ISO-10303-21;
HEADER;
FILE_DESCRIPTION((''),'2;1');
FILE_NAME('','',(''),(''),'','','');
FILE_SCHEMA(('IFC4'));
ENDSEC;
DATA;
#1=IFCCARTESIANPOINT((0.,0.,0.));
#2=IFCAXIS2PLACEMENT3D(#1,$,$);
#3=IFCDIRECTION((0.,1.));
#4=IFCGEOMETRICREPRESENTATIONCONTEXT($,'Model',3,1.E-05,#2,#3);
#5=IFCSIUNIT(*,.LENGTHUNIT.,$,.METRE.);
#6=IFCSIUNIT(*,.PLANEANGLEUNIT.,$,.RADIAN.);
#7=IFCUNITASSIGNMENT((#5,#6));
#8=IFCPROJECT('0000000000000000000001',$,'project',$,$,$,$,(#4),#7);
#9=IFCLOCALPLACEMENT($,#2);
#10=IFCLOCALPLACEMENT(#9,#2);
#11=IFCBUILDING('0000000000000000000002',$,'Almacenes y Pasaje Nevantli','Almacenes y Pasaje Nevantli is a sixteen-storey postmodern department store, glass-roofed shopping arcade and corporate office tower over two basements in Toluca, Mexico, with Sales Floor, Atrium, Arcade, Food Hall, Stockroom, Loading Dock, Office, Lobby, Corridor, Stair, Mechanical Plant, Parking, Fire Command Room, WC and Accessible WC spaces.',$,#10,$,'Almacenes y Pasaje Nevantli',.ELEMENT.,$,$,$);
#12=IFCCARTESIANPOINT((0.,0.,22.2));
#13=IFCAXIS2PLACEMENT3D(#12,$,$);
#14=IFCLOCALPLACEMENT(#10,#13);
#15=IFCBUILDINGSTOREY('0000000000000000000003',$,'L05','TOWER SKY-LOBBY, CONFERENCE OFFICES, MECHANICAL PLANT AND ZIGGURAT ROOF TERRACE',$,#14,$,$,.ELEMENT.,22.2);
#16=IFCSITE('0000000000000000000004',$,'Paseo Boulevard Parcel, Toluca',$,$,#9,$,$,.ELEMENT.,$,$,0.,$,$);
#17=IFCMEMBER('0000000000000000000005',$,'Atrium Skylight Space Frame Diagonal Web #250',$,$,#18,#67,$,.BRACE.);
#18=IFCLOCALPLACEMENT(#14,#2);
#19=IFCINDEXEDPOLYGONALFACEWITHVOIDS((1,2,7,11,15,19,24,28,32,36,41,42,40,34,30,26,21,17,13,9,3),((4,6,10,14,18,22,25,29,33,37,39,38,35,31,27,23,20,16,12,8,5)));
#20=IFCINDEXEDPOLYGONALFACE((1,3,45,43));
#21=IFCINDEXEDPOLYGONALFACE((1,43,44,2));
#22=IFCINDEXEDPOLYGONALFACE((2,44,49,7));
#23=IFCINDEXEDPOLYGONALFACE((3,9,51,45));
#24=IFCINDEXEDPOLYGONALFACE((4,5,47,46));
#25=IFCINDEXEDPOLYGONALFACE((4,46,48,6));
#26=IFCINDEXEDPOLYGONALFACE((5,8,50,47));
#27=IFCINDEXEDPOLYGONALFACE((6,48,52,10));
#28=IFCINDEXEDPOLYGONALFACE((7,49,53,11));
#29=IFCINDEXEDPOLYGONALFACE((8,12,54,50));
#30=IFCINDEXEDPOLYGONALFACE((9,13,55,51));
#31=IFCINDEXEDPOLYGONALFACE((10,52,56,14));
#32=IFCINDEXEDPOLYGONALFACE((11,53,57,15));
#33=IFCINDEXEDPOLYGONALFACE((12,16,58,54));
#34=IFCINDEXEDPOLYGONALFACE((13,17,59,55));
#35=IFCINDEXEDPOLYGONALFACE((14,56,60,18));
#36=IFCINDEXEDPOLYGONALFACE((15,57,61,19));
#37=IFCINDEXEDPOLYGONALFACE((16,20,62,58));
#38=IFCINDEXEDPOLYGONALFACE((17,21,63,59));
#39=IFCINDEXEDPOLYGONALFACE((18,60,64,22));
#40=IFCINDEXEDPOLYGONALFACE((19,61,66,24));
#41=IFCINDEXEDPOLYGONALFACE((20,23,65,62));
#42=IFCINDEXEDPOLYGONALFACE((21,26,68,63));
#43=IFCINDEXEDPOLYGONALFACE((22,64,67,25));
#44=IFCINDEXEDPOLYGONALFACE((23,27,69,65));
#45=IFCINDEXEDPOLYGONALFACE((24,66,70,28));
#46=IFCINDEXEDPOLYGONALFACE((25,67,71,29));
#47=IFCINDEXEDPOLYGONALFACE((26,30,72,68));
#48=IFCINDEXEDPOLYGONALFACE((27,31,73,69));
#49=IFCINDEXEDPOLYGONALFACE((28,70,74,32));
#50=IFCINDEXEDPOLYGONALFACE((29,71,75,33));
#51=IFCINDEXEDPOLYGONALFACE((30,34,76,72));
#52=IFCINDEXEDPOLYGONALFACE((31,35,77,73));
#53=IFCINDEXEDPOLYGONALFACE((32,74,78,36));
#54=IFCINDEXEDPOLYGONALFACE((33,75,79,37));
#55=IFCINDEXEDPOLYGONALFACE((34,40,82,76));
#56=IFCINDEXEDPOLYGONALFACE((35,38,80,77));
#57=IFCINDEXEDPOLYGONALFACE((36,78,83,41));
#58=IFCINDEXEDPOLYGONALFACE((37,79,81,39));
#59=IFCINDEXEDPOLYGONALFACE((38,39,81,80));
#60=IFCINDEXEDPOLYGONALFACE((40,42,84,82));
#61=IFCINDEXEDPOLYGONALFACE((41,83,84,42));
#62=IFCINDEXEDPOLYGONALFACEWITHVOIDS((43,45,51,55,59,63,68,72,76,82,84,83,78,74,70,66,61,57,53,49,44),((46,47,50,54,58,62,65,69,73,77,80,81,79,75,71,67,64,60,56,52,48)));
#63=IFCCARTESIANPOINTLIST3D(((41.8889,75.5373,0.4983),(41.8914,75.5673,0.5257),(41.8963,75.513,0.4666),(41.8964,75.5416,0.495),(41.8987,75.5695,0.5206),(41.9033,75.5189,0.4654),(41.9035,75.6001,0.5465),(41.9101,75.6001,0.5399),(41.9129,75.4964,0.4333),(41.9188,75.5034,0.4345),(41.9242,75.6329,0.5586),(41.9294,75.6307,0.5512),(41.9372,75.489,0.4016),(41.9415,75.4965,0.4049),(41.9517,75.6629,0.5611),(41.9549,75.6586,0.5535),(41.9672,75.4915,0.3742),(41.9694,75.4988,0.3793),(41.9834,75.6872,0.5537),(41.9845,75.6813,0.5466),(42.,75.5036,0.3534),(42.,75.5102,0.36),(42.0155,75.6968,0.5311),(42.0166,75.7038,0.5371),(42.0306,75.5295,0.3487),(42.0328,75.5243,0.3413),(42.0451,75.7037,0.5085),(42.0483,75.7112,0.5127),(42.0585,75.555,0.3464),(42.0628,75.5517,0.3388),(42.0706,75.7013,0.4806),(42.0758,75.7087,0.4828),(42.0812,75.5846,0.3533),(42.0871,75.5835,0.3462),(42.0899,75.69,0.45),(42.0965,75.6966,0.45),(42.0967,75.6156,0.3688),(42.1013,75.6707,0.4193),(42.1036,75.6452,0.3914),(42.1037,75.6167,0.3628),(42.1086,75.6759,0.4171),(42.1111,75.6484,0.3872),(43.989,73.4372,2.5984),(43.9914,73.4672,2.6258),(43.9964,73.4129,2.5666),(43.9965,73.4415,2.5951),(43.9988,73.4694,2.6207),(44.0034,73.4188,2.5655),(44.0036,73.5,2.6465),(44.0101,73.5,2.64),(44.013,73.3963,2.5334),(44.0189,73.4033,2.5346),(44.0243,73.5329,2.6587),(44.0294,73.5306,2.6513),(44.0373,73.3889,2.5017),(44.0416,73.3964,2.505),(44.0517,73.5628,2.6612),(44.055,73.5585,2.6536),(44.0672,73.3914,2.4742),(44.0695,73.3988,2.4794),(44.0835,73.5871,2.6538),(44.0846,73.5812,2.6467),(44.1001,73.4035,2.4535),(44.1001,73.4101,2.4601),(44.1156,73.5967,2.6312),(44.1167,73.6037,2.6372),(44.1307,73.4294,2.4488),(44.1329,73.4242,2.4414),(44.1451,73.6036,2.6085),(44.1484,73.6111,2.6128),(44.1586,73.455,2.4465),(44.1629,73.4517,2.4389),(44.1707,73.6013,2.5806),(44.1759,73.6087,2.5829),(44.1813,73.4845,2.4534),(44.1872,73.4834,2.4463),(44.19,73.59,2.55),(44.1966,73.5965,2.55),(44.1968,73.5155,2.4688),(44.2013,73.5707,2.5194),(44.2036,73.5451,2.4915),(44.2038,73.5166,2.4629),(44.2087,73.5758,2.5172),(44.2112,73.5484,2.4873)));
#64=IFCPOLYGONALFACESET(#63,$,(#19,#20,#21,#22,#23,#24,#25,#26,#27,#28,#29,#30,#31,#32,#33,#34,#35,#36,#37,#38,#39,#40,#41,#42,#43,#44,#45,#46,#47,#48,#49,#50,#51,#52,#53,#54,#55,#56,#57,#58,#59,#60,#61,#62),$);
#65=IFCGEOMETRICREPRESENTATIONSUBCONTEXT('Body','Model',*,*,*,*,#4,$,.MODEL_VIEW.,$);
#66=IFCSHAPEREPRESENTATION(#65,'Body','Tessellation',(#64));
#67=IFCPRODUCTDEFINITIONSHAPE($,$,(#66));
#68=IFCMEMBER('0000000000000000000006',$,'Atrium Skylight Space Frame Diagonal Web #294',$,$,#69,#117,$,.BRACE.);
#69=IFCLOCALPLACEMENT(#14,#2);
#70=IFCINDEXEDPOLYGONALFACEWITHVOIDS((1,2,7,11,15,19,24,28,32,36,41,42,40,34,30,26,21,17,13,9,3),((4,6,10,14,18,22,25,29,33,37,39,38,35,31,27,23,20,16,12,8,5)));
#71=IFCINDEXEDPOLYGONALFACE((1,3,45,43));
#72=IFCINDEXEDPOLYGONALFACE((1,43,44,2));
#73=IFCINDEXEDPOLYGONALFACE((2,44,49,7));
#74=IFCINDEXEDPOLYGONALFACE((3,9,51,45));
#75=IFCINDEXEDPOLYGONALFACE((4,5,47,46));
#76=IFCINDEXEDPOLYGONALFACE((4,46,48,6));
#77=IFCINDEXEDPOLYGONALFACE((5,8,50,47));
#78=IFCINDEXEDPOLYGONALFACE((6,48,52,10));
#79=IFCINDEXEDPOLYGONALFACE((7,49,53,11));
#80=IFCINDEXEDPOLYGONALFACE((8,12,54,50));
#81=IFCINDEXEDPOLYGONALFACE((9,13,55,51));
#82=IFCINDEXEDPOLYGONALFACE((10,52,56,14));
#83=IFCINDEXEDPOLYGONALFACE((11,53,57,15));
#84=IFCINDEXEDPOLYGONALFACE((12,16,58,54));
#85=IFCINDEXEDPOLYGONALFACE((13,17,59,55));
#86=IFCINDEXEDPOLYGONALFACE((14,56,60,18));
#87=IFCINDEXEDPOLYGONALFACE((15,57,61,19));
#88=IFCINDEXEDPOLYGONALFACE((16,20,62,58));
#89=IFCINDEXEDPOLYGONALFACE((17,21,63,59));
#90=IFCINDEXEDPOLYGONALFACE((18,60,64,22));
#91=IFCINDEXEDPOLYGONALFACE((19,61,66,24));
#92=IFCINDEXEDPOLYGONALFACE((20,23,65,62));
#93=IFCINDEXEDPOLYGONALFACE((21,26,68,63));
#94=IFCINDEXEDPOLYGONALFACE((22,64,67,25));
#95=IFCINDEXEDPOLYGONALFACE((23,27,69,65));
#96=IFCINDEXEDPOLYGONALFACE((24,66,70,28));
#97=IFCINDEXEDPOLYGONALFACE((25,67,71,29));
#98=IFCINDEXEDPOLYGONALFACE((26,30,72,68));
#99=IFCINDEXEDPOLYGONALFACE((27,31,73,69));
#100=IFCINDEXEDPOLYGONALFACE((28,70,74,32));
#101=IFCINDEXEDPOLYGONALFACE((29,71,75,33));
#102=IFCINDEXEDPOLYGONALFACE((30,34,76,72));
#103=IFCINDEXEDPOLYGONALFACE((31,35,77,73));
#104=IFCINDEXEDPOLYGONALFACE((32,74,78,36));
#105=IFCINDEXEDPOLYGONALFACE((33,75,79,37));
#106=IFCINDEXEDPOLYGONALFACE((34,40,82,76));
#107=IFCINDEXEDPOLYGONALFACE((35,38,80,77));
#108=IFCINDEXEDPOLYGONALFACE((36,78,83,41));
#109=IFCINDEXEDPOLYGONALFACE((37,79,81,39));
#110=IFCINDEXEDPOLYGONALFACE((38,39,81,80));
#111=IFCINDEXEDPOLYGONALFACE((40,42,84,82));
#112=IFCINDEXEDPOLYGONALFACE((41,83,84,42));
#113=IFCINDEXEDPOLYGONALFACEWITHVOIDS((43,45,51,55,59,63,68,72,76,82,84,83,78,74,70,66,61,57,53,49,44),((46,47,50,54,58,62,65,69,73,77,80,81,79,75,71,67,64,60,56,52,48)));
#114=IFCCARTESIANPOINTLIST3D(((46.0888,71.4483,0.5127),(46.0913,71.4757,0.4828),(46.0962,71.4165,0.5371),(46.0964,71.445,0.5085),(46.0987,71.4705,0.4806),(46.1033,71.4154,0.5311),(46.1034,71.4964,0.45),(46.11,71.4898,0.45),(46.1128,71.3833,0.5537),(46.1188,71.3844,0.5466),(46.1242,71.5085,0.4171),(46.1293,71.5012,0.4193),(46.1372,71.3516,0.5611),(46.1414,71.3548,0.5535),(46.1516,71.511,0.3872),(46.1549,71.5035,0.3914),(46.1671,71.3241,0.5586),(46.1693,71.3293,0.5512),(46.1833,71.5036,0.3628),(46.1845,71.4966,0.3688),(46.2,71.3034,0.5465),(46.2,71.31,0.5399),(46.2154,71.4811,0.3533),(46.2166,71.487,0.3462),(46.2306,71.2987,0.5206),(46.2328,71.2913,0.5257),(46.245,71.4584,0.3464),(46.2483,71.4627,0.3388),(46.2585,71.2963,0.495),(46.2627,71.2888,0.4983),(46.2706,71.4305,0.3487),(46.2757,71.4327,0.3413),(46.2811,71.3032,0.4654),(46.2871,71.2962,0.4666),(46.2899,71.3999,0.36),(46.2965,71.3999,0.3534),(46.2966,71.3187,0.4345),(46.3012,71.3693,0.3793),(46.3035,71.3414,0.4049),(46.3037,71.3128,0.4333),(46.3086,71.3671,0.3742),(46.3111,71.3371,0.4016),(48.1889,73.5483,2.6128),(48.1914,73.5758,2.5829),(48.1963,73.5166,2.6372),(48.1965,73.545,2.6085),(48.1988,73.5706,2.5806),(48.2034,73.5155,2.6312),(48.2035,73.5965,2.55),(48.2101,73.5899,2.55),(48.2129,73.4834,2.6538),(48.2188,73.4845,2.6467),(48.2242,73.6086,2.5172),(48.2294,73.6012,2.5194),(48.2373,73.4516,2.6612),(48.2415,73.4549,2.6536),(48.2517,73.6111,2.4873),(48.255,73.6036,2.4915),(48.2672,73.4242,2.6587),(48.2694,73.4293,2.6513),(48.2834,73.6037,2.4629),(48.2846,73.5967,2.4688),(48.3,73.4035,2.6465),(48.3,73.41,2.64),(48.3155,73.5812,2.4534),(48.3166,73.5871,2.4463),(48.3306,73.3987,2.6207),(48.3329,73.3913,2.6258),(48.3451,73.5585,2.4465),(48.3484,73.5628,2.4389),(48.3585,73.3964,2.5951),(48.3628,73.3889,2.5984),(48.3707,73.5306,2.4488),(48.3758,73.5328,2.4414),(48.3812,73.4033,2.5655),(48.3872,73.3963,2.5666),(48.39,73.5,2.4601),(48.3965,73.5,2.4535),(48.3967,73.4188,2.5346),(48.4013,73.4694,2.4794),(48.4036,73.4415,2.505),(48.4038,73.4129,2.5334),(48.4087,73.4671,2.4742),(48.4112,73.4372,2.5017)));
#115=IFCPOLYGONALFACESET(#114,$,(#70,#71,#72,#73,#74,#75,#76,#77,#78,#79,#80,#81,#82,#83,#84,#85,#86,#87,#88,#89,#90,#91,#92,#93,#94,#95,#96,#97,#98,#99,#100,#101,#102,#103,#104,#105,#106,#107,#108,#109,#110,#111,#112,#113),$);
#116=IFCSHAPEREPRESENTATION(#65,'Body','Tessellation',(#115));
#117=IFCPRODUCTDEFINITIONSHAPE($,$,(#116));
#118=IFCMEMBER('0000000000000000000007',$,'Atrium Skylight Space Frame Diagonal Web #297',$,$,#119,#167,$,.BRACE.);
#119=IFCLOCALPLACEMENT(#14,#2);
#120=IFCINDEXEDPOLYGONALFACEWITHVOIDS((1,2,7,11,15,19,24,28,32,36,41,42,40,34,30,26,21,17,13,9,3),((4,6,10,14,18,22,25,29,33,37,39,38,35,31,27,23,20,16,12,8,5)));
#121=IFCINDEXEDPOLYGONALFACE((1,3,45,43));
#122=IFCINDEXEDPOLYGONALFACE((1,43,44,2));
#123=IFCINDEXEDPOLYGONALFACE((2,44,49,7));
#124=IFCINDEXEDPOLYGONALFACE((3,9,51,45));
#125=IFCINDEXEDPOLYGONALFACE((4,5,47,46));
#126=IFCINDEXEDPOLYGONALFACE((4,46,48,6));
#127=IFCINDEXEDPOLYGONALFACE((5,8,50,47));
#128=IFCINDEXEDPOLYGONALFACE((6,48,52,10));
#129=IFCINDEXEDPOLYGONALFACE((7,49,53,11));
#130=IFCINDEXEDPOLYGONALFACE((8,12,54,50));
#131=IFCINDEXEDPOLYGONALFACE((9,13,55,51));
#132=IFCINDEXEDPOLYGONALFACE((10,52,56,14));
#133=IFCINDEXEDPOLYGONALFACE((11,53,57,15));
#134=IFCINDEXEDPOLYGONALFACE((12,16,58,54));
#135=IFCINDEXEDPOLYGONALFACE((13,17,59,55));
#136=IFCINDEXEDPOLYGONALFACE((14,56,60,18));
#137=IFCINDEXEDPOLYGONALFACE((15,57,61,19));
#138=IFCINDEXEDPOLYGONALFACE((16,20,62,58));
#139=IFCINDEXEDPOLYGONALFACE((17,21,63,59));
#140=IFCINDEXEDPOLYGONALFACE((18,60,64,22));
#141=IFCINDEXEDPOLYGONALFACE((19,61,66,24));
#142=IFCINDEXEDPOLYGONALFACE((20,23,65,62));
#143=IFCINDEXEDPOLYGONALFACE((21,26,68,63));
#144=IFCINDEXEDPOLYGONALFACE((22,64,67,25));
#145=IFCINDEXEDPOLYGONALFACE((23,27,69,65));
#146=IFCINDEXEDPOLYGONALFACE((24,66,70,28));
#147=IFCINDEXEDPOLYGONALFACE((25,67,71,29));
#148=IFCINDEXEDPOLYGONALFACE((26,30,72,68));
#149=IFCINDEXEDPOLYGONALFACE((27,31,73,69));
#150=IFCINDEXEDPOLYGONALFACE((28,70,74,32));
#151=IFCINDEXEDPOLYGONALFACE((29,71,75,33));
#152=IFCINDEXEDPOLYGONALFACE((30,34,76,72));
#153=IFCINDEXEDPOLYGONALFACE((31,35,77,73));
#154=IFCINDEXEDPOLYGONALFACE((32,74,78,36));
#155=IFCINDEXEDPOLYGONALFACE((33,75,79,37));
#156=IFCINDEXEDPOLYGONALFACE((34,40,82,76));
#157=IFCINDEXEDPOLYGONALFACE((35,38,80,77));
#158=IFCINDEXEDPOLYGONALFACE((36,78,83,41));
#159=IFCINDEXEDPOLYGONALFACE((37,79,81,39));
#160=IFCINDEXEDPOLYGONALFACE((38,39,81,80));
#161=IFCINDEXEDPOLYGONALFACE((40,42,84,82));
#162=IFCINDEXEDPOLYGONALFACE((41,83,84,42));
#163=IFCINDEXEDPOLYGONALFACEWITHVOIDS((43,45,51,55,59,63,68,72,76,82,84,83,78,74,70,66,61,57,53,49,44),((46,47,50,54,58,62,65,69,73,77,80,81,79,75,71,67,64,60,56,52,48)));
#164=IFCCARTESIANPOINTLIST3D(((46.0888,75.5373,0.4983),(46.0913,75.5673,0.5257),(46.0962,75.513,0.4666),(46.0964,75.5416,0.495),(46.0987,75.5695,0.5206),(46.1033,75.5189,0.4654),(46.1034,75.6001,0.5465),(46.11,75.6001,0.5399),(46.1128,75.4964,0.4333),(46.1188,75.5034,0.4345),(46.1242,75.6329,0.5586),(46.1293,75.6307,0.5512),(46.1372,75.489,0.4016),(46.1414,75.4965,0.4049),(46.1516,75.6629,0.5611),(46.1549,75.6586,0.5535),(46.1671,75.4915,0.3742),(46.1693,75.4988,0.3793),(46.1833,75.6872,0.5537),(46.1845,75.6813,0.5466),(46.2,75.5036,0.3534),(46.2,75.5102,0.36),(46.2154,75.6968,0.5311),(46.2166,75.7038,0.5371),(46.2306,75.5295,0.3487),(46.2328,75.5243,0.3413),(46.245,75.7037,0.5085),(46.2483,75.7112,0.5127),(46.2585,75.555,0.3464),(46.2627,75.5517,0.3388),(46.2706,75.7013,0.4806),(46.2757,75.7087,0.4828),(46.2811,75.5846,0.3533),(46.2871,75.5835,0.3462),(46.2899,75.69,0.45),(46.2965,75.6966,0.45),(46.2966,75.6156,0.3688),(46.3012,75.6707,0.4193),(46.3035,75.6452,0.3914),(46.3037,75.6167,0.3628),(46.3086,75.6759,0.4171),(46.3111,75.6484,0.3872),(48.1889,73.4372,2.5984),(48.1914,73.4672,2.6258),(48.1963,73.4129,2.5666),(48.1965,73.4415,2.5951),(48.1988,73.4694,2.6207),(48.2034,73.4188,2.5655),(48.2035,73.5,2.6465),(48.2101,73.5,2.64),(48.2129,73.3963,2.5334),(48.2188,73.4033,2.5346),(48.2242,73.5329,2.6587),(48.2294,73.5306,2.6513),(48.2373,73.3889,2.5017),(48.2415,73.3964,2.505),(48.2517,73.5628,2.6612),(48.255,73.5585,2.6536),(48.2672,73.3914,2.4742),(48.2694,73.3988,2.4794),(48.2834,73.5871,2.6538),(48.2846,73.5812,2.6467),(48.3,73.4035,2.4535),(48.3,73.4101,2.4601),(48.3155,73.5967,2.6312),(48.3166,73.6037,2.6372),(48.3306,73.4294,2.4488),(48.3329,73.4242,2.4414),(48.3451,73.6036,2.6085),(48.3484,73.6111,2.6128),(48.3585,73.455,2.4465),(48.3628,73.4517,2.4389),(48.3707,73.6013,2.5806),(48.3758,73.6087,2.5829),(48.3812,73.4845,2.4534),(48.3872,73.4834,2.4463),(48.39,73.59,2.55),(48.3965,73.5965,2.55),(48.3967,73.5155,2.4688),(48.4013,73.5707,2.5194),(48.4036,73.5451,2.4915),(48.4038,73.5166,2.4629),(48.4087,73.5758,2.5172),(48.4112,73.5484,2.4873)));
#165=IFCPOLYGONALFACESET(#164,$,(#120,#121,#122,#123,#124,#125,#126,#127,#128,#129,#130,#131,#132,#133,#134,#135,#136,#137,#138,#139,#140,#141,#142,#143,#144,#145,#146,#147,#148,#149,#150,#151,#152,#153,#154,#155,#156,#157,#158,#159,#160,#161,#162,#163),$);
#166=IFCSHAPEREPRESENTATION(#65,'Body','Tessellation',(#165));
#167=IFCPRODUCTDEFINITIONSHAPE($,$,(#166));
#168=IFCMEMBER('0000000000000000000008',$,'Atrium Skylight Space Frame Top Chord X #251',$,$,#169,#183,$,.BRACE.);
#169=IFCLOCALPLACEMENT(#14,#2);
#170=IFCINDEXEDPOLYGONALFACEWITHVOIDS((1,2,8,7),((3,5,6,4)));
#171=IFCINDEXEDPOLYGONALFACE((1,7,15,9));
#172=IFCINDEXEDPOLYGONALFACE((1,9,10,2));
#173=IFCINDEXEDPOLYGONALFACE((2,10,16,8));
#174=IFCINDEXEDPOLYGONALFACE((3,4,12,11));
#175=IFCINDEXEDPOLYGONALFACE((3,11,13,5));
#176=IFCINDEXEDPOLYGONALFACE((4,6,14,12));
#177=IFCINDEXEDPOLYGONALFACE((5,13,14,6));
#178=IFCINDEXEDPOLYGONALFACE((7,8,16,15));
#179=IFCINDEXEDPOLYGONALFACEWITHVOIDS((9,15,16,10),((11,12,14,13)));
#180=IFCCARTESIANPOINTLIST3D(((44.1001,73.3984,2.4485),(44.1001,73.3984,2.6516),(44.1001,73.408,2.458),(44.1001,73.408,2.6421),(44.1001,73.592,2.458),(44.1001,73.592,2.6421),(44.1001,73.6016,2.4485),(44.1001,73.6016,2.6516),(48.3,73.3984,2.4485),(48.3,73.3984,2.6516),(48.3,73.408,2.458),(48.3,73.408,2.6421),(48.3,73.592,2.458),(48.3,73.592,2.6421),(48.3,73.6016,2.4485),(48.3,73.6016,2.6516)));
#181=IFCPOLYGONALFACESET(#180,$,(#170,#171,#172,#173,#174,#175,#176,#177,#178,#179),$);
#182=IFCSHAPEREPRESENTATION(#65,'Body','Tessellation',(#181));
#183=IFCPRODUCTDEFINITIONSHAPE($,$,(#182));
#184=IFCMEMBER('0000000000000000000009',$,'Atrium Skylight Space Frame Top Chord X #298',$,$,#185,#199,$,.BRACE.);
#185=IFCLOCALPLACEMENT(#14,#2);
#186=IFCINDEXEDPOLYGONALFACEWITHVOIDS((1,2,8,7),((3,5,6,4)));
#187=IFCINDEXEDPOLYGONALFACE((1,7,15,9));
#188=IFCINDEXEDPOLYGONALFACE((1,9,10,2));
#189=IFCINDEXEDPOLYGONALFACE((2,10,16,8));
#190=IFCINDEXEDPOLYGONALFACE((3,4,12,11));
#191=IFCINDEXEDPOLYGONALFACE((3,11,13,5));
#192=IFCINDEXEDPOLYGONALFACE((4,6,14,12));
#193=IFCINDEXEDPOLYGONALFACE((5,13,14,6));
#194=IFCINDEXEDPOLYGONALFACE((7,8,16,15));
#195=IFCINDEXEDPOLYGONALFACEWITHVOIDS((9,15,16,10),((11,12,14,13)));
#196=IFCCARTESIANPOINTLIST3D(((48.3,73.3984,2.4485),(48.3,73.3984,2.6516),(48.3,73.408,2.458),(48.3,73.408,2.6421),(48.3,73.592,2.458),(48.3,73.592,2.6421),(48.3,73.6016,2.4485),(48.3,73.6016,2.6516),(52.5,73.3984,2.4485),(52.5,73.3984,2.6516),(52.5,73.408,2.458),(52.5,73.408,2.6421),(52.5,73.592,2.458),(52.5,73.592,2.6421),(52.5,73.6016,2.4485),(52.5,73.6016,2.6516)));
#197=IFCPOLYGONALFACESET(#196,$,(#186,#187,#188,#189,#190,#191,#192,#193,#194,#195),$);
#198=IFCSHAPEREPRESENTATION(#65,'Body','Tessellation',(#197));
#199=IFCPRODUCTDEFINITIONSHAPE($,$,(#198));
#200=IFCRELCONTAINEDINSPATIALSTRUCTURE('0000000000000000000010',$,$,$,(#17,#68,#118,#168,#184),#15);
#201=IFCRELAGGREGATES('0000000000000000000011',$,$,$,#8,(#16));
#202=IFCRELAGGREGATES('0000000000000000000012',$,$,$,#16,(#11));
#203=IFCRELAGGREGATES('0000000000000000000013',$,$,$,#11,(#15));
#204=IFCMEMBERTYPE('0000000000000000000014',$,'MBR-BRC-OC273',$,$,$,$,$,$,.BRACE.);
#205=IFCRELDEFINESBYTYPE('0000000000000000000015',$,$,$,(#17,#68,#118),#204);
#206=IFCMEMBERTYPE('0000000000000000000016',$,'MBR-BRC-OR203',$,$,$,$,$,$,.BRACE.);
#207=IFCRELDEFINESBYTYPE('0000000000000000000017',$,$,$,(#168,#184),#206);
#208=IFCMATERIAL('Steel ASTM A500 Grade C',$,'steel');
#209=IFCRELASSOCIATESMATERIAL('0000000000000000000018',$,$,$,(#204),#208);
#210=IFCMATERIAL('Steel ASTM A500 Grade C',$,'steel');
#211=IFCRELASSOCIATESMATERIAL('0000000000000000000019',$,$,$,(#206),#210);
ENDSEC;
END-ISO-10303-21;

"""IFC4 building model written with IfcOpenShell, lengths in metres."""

from ifc_helpers import new_model, si_unit, direction, frame, origin, origin_2d, place, context, subcontext, project, spatial, hollow_rectangle, hollow_circle, extrude, material, material_profile, profile_set, type_object, element, save


model = new_model("IFC4")

# Units and contexts
model_context = context("Model", 3, precision=1e-05, world=origin(), true_north=direction((0.0, 1.0)))
body_context = subcontext(model_context, "Body", "Model", "MODEL_VIEW")
ifc_project = project(units=[si_unit("LENGTHUNIT", "METRE"), si_unit("PLANEANGLEUNIT", "RADIAN")], contexts=[model_context])

# Site, building, storey
site_placement = place(None, origin())
site = spatial("IfcSite", under=ifc_project, at=site_placement, Name="Paseo Boulevard Parcel, Toluca", CompositionType="ELEMENT", RefElevation=0.0)
building_placement = place(site_placement, origin())
building = spatial("IfcBuilding", under=site, at=building_placement, Name="Almacenes y Pasaje Nevantli", Description="Almacenes y Pasaje Nevantli is a sixteen-storey postmodern department store, glass-roofed shopping arcade and corporate office tower over two basements in Toluca, Mexico, with Sales Floor, Atrium, Arcade, Food Hall, Stockroom, Loading Dock, Office, Lobby, Corridor, Stair, Mechanical Plant, Parking, Fire Command Room, WC and Accessible WC spaces.", LongName="Almacenes y Pasaje Nevantli", CompositionType="ELEMENT")
storey_placement = place(building_placement, frame((0.0, 0.0, 22.2)))
storey = spatial("IfcBuildingStorey", under=building, at=storey_placement, Name="L05", Description="TOWER SKY-LOBBY, CONFERENCE OFFICES, MECHANICAL PLANT AND ZIGGURAT ROOF TERRACE", CompositionType="ELEMENT", Elevation=22.2)

# Members
ifc_material_1 = material(Name="Steel ASTM A500 Grade C", Category="steel")
ifc_material_profile_1 = material_profile(ifc_material_1, hollow_circle(Radius=0.1365, WallThickness=0.0093, at=origin_2d()), Name="OC 273x9.3")
ifc_profile_set_1 = profile_set([ifc_material_profile_1], Name="Steel ASTM A500 Grade C")
member_type_1 = type_object("IfcMemberType", Name="MBR-BRC-OC273", PredefinedType="BRACE", material=ifc_profile_set_1)
for number, where, z_axis, x_axis, name in (
    (1, (42.0, 75.6001, 0.45), (0.57735, -0.57735, 0.57735), (0.707107, 0.707107, 0.0), "Atrium Skylight Space Frame Diagonal Web #250"),
    (2, (46.2, 71.3999, 0.45), (0.57735, 0.57735, 0.57735), (-0.707107, 0.707107, 0.0), "Atrium Skylight Space Frame Diagonal Web #294"),
    (3, (46.2, 75.6001, 0.45), (0.57735, -0.57735, 0.57735), (0.707107, 0.707107, 0.0), "Atrium Skylight Space Frame Diagonal Web #297"),
):
    element("IfcMember", number, at=place(storey_placement, frame(where, z_axis=z_axis, x_axis=x_axis)), inside=storey, type_object=member_type_1, Name=name, PredefinedType="BRACE", context=body_context, shape_type="SweptSolid", body=[
        extrude(hollow_circle(Radius=0.1365, WallThickness=0.0093, at=origin_2d()), origin(), (0.0, 0.0, 1.0), 3.6375),
    ])
ifc_material_2 = material(Name="Steel ASTM A500 Grade C", Category="steel")
ifc_material_profile_2 = material_profile(ifc_material_2, hollow_rectangle(XDim=0.2031, YDim=0.2031, WallThickness=0.0095, at=origin_2d()), Name="OR 203x203x9.5")
ifc_profile_set_2 = profile_set([ifc_material_profile_2], Name="Steel ASTM A500 Grade C")
member_type_2 = type_object("IfcMemberType", Name="MBR-BRC-OR203", PredefinedType="BRACE", material=ifc_profile_set_2)
for number, where, z_axis, x_axis, name in (
    (4, (44.1001, 73.5, 2.55), (1.0, 0.0, 0.0), (0.0, 1.0, 0.0), "Atrium Skylight Space Frame Top Chord X #251"),
    (5, (48.3, 73.5, 2.55), (1.0, 0.0, 0.0), (0.0, 1.0, 0.0), "Atrium Skylight Space Frame Top Chord X #298"),
):
    element("IfcMember", number, at=place(storey_placement, frame(where, z_axis=z_axis, x_axis=x_axis)), inside=storey, type_object=member_type_2, Name=name, PredefinedType="BRACE", context=body_context, shape_type="SweptSolid", body=[
        extrude(hollow_rectangle(XDim=0.2031, YDim=0.2031, WallThickness=0.0095, at=origin_2d()), origin(), (0.0, 0.0, 1.0), 4.2),
    ])

save(model, "model.ifc")
